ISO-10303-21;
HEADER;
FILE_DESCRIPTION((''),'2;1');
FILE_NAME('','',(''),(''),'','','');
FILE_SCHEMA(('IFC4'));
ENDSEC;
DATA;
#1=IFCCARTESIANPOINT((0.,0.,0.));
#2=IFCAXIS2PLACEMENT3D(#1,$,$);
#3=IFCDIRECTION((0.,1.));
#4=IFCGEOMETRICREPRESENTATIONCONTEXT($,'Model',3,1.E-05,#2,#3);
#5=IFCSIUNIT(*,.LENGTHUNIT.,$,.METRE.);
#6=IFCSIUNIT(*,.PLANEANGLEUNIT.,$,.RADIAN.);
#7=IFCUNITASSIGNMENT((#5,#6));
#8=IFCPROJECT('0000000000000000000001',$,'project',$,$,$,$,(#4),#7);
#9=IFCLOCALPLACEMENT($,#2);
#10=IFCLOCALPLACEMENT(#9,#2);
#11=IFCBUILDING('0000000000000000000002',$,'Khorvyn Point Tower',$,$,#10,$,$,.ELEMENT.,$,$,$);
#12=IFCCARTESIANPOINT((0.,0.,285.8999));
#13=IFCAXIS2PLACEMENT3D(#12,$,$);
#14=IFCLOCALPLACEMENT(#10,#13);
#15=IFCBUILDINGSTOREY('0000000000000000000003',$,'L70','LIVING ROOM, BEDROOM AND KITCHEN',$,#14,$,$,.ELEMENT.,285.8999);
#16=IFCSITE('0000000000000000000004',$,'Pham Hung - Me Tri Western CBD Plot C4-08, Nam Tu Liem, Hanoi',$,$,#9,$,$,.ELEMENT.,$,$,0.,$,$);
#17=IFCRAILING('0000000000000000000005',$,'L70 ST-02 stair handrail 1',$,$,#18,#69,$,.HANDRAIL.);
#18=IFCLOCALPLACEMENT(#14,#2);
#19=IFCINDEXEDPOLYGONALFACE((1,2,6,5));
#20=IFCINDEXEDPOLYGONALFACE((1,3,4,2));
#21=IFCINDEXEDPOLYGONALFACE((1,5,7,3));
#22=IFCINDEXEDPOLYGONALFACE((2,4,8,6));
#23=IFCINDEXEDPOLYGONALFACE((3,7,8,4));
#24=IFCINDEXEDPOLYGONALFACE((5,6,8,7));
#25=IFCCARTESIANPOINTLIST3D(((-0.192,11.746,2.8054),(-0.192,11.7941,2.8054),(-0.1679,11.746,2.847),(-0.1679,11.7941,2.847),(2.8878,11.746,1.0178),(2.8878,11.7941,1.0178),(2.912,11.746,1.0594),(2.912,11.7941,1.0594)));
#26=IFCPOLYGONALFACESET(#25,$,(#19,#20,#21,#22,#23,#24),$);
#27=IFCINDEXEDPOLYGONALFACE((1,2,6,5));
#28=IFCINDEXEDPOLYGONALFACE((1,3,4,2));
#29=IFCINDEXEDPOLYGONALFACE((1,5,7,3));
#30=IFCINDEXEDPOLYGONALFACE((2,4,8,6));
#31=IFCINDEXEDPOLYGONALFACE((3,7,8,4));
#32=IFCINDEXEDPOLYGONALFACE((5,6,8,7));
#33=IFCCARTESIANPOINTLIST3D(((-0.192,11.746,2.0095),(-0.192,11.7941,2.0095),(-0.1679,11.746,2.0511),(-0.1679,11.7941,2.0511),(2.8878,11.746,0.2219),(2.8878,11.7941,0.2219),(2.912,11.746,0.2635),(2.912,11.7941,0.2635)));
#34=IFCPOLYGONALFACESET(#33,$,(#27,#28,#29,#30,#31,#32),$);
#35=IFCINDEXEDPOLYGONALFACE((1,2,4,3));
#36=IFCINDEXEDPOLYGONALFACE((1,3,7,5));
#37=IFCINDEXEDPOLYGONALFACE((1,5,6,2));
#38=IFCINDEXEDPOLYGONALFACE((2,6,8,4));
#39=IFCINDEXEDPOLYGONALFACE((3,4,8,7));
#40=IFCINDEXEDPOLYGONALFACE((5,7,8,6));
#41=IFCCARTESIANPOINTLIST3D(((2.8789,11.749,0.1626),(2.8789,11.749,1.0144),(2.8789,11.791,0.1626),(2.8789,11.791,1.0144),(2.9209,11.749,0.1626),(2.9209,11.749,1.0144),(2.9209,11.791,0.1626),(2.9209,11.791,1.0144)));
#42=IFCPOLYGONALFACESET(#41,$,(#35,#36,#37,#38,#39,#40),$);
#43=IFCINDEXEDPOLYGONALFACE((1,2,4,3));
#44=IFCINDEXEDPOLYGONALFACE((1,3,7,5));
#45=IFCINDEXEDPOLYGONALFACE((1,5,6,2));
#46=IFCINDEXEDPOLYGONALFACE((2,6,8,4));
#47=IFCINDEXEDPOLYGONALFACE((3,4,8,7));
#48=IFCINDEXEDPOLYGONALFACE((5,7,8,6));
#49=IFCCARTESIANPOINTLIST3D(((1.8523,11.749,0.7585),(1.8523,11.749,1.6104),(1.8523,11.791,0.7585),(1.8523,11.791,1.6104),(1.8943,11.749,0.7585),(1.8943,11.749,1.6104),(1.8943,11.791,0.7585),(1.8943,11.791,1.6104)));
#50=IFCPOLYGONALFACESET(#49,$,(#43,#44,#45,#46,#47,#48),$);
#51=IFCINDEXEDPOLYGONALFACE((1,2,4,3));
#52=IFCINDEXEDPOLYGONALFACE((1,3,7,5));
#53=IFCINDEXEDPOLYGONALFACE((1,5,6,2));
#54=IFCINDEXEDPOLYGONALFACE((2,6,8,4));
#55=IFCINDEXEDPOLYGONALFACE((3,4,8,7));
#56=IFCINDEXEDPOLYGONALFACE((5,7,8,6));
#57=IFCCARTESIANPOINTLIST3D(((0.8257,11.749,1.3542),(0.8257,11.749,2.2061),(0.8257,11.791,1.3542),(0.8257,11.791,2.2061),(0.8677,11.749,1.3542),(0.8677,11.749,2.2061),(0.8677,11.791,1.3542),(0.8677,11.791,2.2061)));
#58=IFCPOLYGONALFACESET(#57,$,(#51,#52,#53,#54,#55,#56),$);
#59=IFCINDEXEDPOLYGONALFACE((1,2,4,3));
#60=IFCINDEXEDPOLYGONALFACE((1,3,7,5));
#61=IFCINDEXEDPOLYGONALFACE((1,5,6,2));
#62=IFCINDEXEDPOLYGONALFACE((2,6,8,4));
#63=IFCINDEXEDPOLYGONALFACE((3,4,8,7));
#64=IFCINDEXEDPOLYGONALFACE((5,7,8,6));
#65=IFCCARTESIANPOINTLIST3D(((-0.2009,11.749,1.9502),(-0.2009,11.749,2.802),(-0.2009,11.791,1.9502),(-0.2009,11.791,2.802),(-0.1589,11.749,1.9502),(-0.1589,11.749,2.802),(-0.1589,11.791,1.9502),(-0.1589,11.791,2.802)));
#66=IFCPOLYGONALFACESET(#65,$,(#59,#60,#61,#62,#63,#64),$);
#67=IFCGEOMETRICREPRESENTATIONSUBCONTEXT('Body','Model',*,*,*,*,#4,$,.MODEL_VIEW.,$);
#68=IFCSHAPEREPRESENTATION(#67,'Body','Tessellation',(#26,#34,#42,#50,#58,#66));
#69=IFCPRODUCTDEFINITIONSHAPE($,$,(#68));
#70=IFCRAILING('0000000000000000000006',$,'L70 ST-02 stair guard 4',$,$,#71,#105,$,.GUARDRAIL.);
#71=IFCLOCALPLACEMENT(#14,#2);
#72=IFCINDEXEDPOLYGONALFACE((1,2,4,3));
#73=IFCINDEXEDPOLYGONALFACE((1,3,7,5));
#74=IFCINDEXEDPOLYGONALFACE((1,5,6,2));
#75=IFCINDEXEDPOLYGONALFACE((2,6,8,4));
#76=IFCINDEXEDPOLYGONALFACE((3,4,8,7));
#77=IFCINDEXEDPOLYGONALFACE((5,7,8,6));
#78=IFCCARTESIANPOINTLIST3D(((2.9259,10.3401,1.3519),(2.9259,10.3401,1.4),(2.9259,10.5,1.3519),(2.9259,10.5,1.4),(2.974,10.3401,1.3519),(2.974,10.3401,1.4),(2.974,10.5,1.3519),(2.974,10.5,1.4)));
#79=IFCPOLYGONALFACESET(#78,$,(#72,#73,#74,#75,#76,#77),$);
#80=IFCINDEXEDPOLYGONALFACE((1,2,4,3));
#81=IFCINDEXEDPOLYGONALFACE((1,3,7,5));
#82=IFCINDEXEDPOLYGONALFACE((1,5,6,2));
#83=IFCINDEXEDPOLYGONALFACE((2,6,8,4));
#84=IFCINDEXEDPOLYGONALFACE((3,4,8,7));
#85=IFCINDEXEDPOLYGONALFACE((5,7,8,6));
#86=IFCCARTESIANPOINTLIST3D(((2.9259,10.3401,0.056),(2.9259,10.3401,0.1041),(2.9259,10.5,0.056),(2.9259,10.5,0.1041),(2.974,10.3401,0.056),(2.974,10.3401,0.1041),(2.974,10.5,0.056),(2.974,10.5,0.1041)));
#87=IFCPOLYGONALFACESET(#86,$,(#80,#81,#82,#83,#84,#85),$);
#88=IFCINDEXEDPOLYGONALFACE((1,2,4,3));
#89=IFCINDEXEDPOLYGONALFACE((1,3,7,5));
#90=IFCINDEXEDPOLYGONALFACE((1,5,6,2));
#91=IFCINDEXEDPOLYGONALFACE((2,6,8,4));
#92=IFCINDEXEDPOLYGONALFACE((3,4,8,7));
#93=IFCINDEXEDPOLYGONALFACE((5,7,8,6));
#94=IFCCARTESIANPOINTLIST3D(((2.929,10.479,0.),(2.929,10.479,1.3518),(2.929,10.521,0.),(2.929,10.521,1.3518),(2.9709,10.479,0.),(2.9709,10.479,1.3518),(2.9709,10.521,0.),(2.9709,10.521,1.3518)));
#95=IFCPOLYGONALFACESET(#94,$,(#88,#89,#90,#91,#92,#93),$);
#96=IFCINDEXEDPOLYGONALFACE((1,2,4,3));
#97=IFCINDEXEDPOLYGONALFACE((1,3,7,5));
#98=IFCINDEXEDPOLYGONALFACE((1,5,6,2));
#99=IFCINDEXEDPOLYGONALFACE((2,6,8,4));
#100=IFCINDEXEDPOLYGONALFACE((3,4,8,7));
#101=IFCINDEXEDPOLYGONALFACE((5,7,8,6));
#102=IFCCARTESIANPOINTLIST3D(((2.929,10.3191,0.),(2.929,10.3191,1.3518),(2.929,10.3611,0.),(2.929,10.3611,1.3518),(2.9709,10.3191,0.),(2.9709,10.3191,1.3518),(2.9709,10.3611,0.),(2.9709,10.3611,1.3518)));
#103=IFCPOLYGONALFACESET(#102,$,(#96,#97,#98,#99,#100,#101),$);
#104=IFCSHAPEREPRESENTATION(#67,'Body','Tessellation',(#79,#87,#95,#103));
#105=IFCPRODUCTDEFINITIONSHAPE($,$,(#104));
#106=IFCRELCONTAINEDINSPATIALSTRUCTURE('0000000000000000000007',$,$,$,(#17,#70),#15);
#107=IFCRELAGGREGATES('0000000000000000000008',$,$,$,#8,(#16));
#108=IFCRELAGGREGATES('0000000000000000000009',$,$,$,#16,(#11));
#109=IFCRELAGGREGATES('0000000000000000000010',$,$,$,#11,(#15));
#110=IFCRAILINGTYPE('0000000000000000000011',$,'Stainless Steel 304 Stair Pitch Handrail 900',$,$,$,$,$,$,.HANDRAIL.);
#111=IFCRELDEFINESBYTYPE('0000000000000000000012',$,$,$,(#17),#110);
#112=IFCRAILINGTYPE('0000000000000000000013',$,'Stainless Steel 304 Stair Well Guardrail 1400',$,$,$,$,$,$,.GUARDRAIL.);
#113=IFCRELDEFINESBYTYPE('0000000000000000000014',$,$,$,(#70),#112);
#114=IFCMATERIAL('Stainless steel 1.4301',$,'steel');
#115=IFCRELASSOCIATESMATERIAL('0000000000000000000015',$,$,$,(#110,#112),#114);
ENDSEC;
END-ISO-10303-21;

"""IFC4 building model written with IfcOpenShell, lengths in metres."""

from ifc_helpers import new_model, si_unit, direction, frame, origin, origin_2d, place, context, subcontext, project, spatial, rectangle, extrude, material, type_object, element, save


model = new_model("IFC4")

# Units and contexts
model_context = context("Model", 3, precision=1e-05, world=origin(), true_north=direction((0.0, 1.0)))
body_context = subcontext(model_context, "Body", "Model", "MODEL_VIEW")
ifc_project = project(units=[si_unit("LENGTHUNIT", "METRE"), si_unit("PLANEANGLEUNIT", "RADIAN")], contexts=[model_context])

# Site, building, storey
site_placement = place(None, origin())
site = spatial("IfcSite", under=ifc_project, at=site_placement, Name="Pham Hung - Me Tri Western CBD Plot C4-08, Nam Tu Liem, Hanoi", CompositionType="ELEMENT", RefElevation=0.0)
building_placement = place(site_placement, origin())
building = spatial("IfcBuilding", under=site, at=building_placement, Name="Khorvyn Point Tower", CompositionType="ELEMENT")
storey_placement = place(building_placement, frame((0.0, 0.0, 285.8999)))
storey = spatial("IfcBuildingStorey", under=building, at=storey_placement, Name="L70", Description="LIVING ROOM, BEDROOM AND KITCHEN", CompositionType="ELEMENT", Elevation=285.8999)

# Shared definitions
ifc_material_1 = material(Name="Stainless steel 1.4301", Category="steel")

# Railings
railing_type_1 = type_object("IfcRailingType", Name="Stainless Steel 304 Stair Pitch Handrail 900", PredefinedType="HANDRAIL", material=ifc_material_1)
railing_1_placement = place(storey_placement, frame((2.8999, 11.77, 0.1626)))
element("IfcRailing", 1, at=railing_1_placement, inside=storey, type_object=railing_type_1, Name="L70 ST-02 stair handrail 1", PredefinedType="HANDRAIL", context=body_context, shape_type="SweptSolid", body=[
    extrude(rectangle(XDim=0.0481, YDim=0.0481, at=origin_2d()), frame((0.0, 0.0, 0.876), z_axis=(-0.864873, 0.0, 0.50199), x_axis=(0.0, -1.0, 0.0)), (0.0, 0.0, 1.0), 3.561),
    extrude(rectangle(XDim=0.0481, YDim=0.0481, at=origin_2d()), frame((0.0, 0.0, 0.0801), z_axis=(-0.864873, 0.0, 0.50199), x_axis=(0.0, -1.0, 0.0)), (0.0, 0.0, 1.0), 3.561),
    extrude(rectangle(XDim=0.042, YDim=0.042, at=origin_2d()), origin(), (0.0, 0.0, 1.0), 0.8518),
    extrude(rectangle(XDim=0.042, YDim=0.042, at=origin_2d()), frame((-1.0266, 0.0, 0.5959)), (0.0, 0.0, 1.0), 0.8518),
    extrude(rectangle(XDim=0.042, YDim=0.042, at=origin_2d()), frame((-2.0532, 0.0, 1.1917)), (0.0, 0.0, 1.0), 0.8518),
    extrude(rectangle(XDim=0.042, YDim=0.042, at=origin_2d()), frame((-3.0798, 0.0, 1.7876)), (0.0, 0.0, 1.0), 0.8518),
])
railing_type_2 = type_object("IfcRailingType", Name="Stainless Steel 304 Stair Well Guardrail 1400", PredefinedType="GUARDRAIL", material=ifc_material_1)
railing_2_placement = place(storey_placement, frame((2.95, 10.5, 0.0)))
element("IfcRailing", 2, at=railing_2_placement, inside=storey, type_object=railing_type_2, Name="L70 ST-02 stair guard 4", PredefinedType="GUARDRAIL", context=body_context, shape_type="SweptSolid", body=[
    extrude(rectangle(XDim=0.0481, YDim=0.0481, at=origin_2d()), frame((0.0, 0.0, 1.376), z_axis=(0.0, -1.0, 0.0), x_axis=(1.0, 0.0, 0.0)), (0.0, 0.0, 1.0), 0.1599),
    extrude(rectangle(XDim=0.0481, YDim=0.0481, at=origin_2d()), frame((0.0, 0.0, 0.0801), z_axis=(0.0, -1.0, 0.0), x_axis=(1.0, 0.0, 0.0)), (0.0, 0.0, 1.0), 0.1599),
    extrude(rectangle(XDim=0.042, YDim=0.042, at=origin_2d()), origin(), (0.0, 0.0, 1.0), 1.3518),
    extrude(rectangle(XDim=0.042, YDim=0.042, at=origin_2d()), frame((0.0, -0.1599, 0.0)), (0.0, 0.0, 1.0), 1.3518),
])

save(model, "model.ifc")
